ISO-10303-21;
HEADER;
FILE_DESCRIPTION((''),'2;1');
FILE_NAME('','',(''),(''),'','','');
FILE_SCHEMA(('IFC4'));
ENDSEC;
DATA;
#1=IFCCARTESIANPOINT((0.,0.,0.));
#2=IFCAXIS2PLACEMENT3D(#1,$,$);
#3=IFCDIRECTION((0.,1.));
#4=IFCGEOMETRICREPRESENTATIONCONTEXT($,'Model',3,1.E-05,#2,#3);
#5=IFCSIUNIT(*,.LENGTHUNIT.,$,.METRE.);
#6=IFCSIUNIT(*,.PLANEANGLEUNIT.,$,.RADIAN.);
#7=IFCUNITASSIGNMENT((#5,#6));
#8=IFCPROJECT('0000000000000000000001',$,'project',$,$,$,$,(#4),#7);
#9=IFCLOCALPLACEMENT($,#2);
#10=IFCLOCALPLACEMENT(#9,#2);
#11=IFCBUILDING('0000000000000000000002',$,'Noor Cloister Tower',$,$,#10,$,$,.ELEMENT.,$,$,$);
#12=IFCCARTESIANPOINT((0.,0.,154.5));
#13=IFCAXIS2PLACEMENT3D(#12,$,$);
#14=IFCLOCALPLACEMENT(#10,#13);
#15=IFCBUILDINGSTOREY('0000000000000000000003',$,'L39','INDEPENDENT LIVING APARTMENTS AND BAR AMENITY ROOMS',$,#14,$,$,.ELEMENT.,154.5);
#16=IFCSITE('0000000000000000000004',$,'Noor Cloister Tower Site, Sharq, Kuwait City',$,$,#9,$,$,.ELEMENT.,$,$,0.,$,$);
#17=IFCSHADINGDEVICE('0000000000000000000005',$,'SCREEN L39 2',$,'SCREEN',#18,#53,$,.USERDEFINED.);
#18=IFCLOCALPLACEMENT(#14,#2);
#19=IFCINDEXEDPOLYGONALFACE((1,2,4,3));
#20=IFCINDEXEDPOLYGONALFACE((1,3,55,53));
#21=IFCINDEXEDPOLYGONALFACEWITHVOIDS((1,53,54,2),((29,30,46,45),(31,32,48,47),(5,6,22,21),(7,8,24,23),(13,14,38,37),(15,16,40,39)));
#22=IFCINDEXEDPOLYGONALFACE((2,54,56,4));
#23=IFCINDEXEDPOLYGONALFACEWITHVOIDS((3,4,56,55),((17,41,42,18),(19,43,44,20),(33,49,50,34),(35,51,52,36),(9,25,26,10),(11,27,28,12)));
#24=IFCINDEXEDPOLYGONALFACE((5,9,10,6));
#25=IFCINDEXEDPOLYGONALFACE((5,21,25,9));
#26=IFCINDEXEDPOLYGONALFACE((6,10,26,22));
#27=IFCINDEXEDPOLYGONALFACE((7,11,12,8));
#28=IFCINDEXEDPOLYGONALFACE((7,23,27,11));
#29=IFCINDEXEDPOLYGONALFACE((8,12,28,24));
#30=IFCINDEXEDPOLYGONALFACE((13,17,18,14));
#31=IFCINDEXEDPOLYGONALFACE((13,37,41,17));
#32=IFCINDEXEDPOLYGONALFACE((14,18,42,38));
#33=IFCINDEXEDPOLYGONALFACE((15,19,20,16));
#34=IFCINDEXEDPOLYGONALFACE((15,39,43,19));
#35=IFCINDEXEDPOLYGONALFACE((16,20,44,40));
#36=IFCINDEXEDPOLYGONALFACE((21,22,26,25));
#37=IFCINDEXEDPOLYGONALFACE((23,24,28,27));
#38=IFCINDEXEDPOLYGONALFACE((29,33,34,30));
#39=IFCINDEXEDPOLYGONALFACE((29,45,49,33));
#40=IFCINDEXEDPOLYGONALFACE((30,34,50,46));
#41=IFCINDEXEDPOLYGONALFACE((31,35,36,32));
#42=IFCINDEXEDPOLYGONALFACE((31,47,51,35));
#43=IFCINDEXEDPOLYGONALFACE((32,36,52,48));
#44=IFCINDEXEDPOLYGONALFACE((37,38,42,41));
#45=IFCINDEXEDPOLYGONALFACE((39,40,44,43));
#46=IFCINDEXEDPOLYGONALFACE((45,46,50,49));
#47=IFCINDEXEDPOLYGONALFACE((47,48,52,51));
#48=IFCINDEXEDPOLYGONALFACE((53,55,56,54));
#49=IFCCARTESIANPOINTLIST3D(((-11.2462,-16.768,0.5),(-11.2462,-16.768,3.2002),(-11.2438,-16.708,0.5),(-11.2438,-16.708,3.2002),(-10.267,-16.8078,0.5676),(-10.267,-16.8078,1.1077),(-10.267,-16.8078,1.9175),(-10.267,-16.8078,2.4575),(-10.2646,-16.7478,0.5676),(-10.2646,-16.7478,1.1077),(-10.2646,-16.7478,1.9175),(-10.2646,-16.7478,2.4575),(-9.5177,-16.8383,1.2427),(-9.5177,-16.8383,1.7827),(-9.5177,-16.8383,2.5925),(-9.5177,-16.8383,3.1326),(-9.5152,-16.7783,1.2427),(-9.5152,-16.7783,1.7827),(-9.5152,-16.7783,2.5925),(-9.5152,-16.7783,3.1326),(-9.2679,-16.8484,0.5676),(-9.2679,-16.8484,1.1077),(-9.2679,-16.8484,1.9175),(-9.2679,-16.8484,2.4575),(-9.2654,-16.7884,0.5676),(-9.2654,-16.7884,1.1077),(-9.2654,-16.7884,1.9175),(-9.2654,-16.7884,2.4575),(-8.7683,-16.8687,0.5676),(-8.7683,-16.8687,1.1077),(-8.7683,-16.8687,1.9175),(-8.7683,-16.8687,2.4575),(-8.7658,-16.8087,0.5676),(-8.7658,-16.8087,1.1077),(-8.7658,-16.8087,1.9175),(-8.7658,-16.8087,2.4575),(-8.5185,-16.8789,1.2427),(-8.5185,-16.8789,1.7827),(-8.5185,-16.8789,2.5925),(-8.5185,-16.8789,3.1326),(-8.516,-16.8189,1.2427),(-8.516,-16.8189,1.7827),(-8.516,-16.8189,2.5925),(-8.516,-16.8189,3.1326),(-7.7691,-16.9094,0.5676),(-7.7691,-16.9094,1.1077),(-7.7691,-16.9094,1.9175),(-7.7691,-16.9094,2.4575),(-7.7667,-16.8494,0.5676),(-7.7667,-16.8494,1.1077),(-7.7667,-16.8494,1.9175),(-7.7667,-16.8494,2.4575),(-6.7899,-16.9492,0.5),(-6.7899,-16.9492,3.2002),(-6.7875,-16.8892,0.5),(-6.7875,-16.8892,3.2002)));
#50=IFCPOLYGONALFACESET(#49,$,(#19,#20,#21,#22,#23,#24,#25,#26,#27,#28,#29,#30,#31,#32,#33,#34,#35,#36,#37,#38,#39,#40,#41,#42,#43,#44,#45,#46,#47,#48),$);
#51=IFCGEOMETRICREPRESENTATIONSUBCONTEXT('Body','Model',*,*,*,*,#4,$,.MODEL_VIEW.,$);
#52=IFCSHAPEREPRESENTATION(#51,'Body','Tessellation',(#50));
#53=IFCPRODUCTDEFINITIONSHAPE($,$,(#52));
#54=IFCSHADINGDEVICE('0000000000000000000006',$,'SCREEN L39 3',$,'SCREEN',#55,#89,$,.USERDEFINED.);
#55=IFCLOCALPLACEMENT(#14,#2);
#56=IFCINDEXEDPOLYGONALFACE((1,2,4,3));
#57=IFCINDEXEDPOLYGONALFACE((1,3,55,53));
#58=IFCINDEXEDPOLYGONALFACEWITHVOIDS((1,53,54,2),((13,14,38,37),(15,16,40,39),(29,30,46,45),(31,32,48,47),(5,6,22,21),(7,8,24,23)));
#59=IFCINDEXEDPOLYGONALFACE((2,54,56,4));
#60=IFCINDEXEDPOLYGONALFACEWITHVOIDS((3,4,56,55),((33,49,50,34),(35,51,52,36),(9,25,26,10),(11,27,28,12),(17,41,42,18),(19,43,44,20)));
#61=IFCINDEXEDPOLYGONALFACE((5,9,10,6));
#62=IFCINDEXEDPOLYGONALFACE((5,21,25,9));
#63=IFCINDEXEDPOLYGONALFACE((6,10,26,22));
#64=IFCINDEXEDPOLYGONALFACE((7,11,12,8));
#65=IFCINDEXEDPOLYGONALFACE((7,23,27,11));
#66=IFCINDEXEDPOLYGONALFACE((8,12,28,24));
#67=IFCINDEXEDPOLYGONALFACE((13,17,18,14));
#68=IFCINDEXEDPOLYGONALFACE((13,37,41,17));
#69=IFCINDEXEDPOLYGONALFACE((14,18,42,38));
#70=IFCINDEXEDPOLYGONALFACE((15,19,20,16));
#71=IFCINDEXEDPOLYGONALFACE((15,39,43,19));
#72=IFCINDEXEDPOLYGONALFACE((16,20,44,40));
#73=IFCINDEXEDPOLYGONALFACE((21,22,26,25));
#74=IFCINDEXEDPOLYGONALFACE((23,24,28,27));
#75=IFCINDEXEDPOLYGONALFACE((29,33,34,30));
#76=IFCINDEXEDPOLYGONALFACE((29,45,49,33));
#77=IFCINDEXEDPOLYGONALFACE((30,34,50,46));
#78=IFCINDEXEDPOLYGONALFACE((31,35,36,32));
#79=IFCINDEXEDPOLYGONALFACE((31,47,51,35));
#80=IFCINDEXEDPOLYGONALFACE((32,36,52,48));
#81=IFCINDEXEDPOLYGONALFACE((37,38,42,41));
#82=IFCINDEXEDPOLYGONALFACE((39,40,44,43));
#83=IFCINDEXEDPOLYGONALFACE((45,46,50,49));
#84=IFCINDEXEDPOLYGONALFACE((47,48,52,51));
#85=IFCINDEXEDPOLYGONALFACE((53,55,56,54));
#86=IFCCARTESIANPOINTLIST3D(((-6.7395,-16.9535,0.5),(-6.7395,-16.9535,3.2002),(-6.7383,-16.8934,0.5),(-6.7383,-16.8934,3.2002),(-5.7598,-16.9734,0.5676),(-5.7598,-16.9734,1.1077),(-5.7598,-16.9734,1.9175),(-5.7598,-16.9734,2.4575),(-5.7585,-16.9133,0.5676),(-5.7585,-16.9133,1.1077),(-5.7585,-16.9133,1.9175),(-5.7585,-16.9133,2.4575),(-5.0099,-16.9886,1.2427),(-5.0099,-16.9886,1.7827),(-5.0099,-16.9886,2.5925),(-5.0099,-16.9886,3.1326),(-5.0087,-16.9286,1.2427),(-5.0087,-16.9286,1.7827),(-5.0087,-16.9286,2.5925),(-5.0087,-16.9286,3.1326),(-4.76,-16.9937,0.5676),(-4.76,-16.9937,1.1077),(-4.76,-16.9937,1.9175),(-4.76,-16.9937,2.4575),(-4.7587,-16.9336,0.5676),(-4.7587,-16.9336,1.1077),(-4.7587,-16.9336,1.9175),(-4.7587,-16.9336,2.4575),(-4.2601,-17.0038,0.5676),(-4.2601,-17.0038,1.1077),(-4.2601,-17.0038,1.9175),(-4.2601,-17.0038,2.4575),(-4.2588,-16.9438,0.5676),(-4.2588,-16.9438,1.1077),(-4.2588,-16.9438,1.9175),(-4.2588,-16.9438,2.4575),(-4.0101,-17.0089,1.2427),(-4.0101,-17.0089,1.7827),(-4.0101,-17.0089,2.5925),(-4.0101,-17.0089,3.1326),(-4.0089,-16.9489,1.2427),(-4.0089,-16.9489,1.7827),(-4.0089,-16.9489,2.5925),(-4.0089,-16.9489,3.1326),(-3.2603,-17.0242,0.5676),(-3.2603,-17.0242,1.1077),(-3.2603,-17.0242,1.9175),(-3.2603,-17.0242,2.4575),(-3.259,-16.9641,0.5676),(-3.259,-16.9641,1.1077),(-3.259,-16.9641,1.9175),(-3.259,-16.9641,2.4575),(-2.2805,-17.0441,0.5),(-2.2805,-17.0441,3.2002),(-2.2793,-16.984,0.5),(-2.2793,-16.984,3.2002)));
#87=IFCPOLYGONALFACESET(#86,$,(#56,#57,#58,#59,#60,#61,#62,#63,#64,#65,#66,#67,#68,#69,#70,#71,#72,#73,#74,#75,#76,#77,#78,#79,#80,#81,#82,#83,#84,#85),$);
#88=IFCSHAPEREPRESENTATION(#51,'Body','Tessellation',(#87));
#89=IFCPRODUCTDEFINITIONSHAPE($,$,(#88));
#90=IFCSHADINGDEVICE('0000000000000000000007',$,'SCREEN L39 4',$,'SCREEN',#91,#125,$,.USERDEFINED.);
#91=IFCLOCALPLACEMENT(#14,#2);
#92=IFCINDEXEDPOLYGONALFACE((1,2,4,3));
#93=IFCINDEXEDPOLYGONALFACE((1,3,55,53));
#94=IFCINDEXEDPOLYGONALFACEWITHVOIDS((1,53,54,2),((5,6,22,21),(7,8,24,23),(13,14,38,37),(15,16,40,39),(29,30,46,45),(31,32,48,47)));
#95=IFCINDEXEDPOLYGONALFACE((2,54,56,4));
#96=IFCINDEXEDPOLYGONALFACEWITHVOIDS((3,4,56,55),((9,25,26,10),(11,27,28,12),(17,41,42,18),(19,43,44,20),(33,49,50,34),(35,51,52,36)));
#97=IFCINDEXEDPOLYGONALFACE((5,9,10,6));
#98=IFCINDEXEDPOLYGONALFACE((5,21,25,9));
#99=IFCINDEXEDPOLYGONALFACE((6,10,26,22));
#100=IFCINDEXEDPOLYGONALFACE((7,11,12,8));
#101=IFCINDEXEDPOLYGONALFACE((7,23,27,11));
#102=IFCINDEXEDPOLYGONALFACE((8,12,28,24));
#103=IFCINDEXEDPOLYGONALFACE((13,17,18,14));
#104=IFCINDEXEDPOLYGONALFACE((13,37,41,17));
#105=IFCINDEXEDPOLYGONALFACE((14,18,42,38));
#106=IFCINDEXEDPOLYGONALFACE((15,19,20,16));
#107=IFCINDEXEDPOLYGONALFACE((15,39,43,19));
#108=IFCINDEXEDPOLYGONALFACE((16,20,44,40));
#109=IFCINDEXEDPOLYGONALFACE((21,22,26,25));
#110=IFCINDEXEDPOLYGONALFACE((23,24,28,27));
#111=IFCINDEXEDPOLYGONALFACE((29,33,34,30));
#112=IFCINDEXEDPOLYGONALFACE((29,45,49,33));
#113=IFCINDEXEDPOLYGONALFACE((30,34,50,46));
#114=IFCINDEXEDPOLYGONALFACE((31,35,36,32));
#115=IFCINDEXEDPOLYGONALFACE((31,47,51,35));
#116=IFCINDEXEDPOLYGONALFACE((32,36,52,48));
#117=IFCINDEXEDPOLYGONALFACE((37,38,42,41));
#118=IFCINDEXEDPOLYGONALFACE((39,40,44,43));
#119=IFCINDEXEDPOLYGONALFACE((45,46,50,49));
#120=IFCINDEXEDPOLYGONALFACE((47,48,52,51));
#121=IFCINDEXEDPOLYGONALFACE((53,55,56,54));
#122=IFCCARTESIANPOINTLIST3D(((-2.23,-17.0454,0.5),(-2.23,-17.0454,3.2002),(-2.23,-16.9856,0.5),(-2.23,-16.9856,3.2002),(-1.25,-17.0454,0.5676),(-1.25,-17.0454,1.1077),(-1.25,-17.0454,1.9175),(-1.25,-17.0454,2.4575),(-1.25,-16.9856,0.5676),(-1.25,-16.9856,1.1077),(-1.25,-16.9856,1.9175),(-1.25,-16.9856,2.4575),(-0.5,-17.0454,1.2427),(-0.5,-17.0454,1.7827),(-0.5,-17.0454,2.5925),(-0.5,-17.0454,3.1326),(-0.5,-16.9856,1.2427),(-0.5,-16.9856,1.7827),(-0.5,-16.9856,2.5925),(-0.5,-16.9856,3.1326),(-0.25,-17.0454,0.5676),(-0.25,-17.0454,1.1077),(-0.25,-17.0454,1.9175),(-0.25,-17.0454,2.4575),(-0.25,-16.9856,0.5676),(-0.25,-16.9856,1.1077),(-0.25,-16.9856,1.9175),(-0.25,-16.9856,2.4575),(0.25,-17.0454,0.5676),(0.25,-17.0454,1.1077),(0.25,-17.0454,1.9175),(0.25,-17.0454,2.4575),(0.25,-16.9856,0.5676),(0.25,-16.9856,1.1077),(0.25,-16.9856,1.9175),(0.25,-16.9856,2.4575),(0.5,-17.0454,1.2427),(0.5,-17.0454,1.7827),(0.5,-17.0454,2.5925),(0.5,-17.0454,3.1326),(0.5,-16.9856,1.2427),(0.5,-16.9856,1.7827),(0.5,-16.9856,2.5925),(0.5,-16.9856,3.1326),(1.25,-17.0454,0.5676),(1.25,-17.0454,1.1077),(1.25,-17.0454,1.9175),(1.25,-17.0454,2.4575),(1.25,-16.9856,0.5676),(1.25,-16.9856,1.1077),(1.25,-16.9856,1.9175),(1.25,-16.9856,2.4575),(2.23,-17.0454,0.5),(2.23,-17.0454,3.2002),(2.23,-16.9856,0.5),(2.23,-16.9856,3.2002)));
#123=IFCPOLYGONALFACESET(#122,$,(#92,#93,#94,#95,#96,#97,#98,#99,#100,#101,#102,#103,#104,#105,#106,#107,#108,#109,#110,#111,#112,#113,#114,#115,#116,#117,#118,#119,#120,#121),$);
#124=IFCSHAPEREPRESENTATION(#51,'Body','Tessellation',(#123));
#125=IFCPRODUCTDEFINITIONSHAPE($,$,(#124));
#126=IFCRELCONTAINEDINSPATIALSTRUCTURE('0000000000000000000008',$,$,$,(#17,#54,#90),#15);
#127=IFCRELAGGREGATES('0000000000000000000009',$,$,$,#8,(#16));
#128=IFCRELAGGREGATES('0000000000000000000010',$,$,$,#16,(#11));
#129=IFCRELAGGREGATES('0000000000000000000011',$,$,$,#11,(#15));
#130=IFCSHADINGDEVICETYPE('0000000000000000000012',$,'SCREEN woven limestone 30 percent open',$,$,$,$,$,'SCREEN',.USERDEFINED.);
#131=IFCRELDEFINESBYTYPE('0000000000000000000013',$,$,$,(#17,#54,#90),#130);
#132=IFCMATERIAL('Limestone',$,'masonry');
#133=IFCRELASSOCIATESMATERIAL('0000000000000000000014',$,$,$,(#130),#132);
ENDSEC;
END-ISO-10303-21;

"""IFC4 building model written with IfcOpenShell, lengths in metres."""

from ifc_helpers import new_model, si_unit, direction, frame, origin, place, context, subcontext, project, spatial, polyline, outline, extrude, material, material_profile, profile_set, type_object, element, save


model = new_model("IFC4")

# Units and contexts
model_context = context("Model", 3, precision=1e-05, world=origin(), true_north=direction((0.0, 1.0)))
body_context = subcontext(model_context, "Body", "Model", "MODEL_VIEW")
ifc_project = project(units=[si_unit("LENGTHUNIT", "METRE"), si_unit("PLANEANGLEUNIT", "RADIAN")], contexts=[model_context])

# Site, building, storey
site_placement = place(None, origin())
site = spatial("IfcSite", under=ifc_project, at=site_placement, Name="Noor Cloister Tower Site, Sharq, Kuwait City", CompositionType="ELEMENT", RefElevation=0.0)
building_placement = place(site_placement, origin())
building = spatial("IfcBuilding", under=site, at=building_placement, Name="Noor Cloister Tower", CompositionType="ELEMENT")
storey_placement = place(building_placement, frame((0.0, 0.0, 154.5)))
storey = spatial("IfcBuildingStorey", under=building, at=storey_placement, Name="L39", Description="INDEPENDENT LIVING APARTMENTS AND BAR AMENITY ROOMS", CompositionType="ELEMENT", Elevation=154.5)

# Shading devices
ifc_material_1 = material(Name="Limestone", Category="masonry")
ifc_material_profile_1 = material_profile(ifc_material_1, outline(polyline([(-2.23, -1.3501), (2.23, -1.3501), (2.23, 1.3501), (-2.23, 1.3501), (-2.23, -1.3501)]), holes=[polyline([(-1.25, -1.2825), (-0.25, -1.2825), (-0.25, -0.7424), (-1.25, -0.7424), (-1.25, -1.2825)]), polyline([(0.25, -1.2825), (1.25, -1.2825), (1.25, -0.7424), (0.25, -0.7424), (0.25, -1.2825)]), polyline([(-0.5, -0.6074), (0.5, -0.6074), (0.5, -0.0674), (-0.5, -0.0674), (-0.5, -0.6074)]), polyline([(-1.25, 0.0674), (-0.25, 0.0674), (-0.25, 0.6074), (-1.25, 0.6074), (-1.25, 0.0674)]), polyline([(0.25, 0.0674), (1.25, 0.0674), (1.25, 0.6074), (0.25, 0.6074), (0.25, 0.0674)]), polyline([(-0.5, 0.7424), (0.5, 0.7424), (0.5, 1.2825), (-0.5, 1.2825), (-0.5, 0.7424)])]), Name="Woven screen 30 percent open")
ifc_profile_set_1 = profile_set([ifc_material_profile_1], Name="Limestone")
shading_device_type = type_object("IfcShadingDeviceType", Name="SCREEN woven limestone 30 percent open", ElementType="SCREEN", PredefinedType="USERDEFINED", material=ifc_profile_set_1)
for number, where, z_axis, x_axis, name in (
    (1, (-9.0156, -16.7986, 1.8501), (-0.040617, -0.999175, 0.0), (0.999175, -0.040617, 0.0), "SCREEN L39 2"),
    (2, (-4.5088, -16.9387, 1.8501), (-0.020321, -0.999794, 0.0), (0.999794, -0.020321, 0.0), "SCREEN L39 3"),
):
    element("IfcShadingDevice", number, at=place(storey_placement, frame(where, z_axis=z_axis, x_axis=x_axis)), inside=storey, type_object=shading_device_type, Name=name, ObjectType="SCREEN", PredefinedType="USERDEFINED", context=body_context, shape_type="SweptSolid", body=[
        extrude(outline(polyline([(-2.23, -1.3501), (2.23, -1.3501), (2.23, 1.3501), (-2.23, 1.3501), (-2.23, -1.3501)]), holes=[polyline([(-1.25, -1.2825), (-0.25, -1.2825), (-0.25, -0.7424), (-1.25, -0.7424), (-1.25, -1.2825)]), polyline([(0.25, -1.2825), (1.25, -1.2825), (1.25, -0.7424), (0.25, -0.7424), (0.25, -1.2825)]), polyline([(-0.5, -0.6074), (0.5, -0.6074), (0.5, -0.0674), (-0.5, -0.0674), (-0.5, -0.6074)]), polyline([(-1.25, 0.0674), (-0.25, 0.0674), (-0.25, 0.6074), (-1.25, 0.6074), (-1.25, 0.0674)]), polyline([(0.25, 0.0674), (1.25, 0.0674), (1.25, 0.6074), (0.25, 0.6074), (0.25, 0.0674)]), polyline([(-0.5, 0.7424), (0.5, 0.7424), (0.5, 1.2825), (-0.5, 1.2825), (-0.5, 0.7424)])]), origin(), (0.0, 0.0, 1.0), 0.0601),
    ])
shading_device_placement = place(storey_placement, frame((0.0, -16.9856, 1.8501), z_axis=(0.0, -1.0, 0.0), x_axis=(1.0, 0.0, 0.0)))
element("IfcShadingDevice", 3, at=shading_device_placement, inside=storey, type_object=shading_device_type, Name="SCREEN L39 4", ObjectType="SCREEN", PredefinedType="USERDEFINED", context=body_context, shape_type="SweptSolid", body=[
    extrude(outline(polyline([(-2.23, -1.3501), (2.23, -1.3501), (2.23, 1.3501), (-2.23, 1.3501), (-2.23, -1.3501)]), holes=[polyline([(-1.25, -1.2825), (-0.25, -1.2825), (-0.25, -0.7424), (-1.25, -0.7424), (-1.25, -1.2825)]), polyline([(0.25, -1.2825), (1.25, -1.2825), (1.25, -0.7424), (0.25, -0.7424), (0.25, -1.2825)]), polyline([(-0.5, -0.6074), (0.5, -0.6074), (0.5, -0.0674), (-0.5, -0.0674), (-0.5, -0.6074)]), polyline([(-1.25, 0.0674), (-0.25, 0.0674), (-0.25, 0.6074), (-1.25, 0.6074), (-1.25, 0.0674)]), polyline([(0.25, 0.0674), (1.25, 0.0674), (1.25, 0.6074), (0.25, 0.6074), (0.25, 0.0674)]), polyline([(-0.5, 0.7424), (0.5, 0.7424), (0.5, 1.2825), (-0.5, 1.2825), (-0.5, 0.7424)])]), origin(), (0.0, 0.0, 1.0), 0.0598),
])

save(model, "model.ifc")
